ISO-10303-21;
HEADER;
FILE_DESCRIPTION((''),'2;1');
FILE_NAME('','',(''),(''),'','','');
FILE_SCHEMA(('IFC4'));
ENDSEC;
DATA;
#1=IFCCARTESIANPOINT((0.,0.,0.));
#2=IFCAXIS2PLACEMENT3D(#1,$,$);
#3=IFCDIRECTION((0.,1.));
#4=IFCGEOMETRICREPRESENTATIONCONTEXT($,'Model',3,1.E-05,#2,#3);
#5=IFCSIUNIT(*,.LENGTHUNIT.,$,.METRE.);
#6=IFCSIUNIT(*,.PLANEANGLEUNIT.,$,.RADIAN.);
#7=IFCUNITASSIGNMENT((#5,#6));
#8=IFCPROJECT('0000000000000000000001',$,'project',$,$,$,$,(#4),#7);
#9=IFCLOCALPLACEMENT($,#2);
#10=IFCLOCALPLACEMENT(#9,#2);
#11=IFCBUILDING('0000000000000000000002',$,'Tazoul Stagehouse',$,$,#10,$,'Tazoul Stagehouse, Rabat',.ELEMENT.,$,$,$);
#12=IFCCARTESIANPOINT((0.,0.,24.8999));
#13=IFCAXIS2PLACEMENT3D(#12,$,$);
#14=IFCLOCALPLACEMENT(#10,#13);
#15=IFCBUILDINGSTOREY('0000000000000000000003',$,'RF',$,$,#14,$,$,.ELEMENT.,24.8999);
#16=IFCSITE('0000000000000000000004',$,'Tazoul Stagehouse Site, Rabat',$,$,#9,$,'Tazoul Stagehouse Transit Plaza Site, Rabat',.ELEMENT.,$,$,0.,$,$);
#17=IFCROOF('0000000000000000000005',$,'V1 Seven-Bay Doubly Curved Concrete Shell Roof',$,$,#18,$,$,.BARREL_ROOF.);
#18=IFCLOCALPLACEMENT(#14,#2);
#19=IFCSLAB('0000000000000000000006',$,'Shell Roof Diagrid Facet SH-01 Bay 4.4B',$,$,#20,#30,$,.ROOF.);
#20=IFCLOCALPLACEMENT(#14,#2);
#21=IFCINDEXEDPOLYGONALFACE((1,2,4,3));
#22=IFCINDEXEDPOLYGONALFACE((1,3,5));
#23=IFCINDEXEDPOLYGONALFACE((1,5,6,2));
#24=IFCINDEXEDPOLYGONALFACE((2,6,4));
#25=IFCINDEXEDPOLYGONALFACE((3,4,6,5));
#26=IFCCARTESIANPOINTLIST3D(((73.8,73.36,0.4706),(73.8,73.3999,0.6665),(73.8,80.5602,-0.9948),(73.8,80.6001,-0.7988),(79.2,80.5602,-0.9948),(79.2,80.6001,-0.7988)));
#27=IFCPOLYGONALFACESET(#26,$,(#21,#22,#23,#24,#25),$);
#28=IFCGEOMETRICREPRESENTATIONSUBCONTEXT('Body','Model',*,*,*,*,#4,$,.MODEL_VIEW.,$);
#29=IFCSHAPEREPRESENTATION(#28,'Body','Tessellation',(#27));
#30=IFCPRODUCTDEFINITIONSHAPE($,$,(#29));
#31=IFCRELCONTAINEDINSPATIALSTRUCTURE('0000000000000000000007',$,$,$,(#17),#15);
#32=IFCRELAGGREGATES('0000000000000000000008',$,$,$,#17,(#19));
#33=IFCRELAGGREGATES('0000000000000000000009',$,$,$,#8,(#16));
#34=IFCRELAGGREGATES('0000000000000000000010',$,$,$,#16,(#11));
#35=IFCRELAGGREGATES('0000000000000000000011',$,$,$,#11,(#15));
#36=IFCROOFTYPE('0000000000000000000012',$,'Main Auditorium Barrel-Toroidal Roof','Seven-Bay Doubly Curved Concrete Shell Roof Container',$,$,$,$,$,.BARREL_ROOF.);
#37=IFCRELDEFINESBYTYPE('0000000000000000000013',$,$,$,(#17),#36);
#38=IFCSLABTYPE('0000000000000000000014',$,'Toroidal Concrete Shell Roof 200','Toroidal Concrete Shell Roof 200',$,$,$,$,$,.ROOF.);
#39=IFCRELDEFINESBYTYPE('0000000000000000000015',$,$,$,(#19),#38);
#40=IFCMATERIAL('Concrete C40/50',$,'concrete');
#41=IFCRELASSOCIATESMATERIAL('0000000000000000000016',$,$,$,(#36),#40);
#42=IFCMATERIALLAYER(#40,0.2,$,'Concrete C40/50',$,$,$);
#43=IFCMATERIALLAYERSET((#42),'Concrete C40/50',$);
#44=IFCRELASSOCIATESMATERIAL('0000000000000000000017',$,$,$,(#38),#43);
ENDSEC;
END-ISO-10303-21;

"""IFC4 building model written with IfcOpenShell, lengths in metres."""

from ifc_helpers import new_model, si_unit, direction, frame, origin, place, context, subcontext, project, spatial, polyline, outline, extrude, material, layer, layer_set, type_object, element, aggregate, save


model = new_model("IFC4")

# Units and contexts
model_context = context("Model", 3, precision=1e-05, world=origin(), true_north=direction((0.0, 1.0)))
body_context = subcontext(model_context, "Body", "Model", "MODEL_VIEW")
ifc_project = project(units=[si_unit("LENGTHUNIT", "METRE"), si_unit("PLANEANGLEUNIT", "RADIAN")], contexts=[model_context])

# Site, building, storey
site_placement = place(None, origin())
site = spatial("IfcSite", under=ifc_project, at=site_placement, Name="Tazoul Stagehouse Site, Rabat", LongName="Tazoul Stagehouse Transit Plaza Site, Rabat", CompositionType="ELEMENT", RefElevation=0.0)
building_placement = place(site_placement, origin())
building = spatial("IfcBuilding", under=site, at=building_placement, Name="Tazoul Stagehouse", LongName="Tazoul Stagehouse, Rabat", CompositionType="ELEMENT")
storey_placement = place(building_placement, frame((0.0, 0.0, 24.8999)))
storey = spatial("IfcBuildingStorey", under=building, at=storey_placement, Name="RF", CompositionType="ELEMENT", Elevation=24.8999)

# Shared definitions
ifc_material_1 = material(Name="Concrete C40/50", Category="concrete")

# Roof
roof_type = type_object("IfcRoofType", Name="Main Auditorium Barrel-Toroidal Roof", Description="Seven-Bay Doubly Curved Concrete Shell Roof Container", PredefinedType="BARREL_ROOF", material=ifc_material_1)
roof_placement = place(storey_placement, origin())
roof = element("IfcRoof", 1, at=roof_placement, inside=storey, type_object=roof_type, Name="V1 Seven-Bay Doubly Curved Concrete Shell Roof", PredefinedType="BARREL_ROOF")

# Slab
ifc_layer_1 = layer(ifc_material_1, 0.2, Name="Concrete C40/50")
ifc_layer_set_1 = layer_set([ifc_layer_1], Name="Concrete C40/50")
slab_type_1 = type_object("IfcSlabType", Name="Toroidal Concrete Shell Roof 200", Description="Toroidal Concrete Shell Roof 200", PredefinedType="ROOF", material=ifc_layer_set_1)
slab_1_placement = place(storey_placement, frame((73.8, 73.3999, 0.6665), z_axis=(0.0, 0.199425, 0.979913), x_axis=(0.592185, 0.789616, -0.160697)))
slab_1 = element("IfcSlab", 2, at=slab_1_placement, type_object=slab_type_1, Name="Shell Roof Diagrid Facet SH-01 Bay 4.4B", PredefinedType="ROOF", context=body_context, shape_type="SweptSolid", body=[
    extrude(outline(polyline([(0.0, 0.0), (9.1186, 0.0), (5.9209, 4.3513), (0.0, 0.0)])), origin(), (0.0, 0.0, -1.0), 0.2),
])
aggregate(roof, [slab_1])

save(model, "model.ifc")
